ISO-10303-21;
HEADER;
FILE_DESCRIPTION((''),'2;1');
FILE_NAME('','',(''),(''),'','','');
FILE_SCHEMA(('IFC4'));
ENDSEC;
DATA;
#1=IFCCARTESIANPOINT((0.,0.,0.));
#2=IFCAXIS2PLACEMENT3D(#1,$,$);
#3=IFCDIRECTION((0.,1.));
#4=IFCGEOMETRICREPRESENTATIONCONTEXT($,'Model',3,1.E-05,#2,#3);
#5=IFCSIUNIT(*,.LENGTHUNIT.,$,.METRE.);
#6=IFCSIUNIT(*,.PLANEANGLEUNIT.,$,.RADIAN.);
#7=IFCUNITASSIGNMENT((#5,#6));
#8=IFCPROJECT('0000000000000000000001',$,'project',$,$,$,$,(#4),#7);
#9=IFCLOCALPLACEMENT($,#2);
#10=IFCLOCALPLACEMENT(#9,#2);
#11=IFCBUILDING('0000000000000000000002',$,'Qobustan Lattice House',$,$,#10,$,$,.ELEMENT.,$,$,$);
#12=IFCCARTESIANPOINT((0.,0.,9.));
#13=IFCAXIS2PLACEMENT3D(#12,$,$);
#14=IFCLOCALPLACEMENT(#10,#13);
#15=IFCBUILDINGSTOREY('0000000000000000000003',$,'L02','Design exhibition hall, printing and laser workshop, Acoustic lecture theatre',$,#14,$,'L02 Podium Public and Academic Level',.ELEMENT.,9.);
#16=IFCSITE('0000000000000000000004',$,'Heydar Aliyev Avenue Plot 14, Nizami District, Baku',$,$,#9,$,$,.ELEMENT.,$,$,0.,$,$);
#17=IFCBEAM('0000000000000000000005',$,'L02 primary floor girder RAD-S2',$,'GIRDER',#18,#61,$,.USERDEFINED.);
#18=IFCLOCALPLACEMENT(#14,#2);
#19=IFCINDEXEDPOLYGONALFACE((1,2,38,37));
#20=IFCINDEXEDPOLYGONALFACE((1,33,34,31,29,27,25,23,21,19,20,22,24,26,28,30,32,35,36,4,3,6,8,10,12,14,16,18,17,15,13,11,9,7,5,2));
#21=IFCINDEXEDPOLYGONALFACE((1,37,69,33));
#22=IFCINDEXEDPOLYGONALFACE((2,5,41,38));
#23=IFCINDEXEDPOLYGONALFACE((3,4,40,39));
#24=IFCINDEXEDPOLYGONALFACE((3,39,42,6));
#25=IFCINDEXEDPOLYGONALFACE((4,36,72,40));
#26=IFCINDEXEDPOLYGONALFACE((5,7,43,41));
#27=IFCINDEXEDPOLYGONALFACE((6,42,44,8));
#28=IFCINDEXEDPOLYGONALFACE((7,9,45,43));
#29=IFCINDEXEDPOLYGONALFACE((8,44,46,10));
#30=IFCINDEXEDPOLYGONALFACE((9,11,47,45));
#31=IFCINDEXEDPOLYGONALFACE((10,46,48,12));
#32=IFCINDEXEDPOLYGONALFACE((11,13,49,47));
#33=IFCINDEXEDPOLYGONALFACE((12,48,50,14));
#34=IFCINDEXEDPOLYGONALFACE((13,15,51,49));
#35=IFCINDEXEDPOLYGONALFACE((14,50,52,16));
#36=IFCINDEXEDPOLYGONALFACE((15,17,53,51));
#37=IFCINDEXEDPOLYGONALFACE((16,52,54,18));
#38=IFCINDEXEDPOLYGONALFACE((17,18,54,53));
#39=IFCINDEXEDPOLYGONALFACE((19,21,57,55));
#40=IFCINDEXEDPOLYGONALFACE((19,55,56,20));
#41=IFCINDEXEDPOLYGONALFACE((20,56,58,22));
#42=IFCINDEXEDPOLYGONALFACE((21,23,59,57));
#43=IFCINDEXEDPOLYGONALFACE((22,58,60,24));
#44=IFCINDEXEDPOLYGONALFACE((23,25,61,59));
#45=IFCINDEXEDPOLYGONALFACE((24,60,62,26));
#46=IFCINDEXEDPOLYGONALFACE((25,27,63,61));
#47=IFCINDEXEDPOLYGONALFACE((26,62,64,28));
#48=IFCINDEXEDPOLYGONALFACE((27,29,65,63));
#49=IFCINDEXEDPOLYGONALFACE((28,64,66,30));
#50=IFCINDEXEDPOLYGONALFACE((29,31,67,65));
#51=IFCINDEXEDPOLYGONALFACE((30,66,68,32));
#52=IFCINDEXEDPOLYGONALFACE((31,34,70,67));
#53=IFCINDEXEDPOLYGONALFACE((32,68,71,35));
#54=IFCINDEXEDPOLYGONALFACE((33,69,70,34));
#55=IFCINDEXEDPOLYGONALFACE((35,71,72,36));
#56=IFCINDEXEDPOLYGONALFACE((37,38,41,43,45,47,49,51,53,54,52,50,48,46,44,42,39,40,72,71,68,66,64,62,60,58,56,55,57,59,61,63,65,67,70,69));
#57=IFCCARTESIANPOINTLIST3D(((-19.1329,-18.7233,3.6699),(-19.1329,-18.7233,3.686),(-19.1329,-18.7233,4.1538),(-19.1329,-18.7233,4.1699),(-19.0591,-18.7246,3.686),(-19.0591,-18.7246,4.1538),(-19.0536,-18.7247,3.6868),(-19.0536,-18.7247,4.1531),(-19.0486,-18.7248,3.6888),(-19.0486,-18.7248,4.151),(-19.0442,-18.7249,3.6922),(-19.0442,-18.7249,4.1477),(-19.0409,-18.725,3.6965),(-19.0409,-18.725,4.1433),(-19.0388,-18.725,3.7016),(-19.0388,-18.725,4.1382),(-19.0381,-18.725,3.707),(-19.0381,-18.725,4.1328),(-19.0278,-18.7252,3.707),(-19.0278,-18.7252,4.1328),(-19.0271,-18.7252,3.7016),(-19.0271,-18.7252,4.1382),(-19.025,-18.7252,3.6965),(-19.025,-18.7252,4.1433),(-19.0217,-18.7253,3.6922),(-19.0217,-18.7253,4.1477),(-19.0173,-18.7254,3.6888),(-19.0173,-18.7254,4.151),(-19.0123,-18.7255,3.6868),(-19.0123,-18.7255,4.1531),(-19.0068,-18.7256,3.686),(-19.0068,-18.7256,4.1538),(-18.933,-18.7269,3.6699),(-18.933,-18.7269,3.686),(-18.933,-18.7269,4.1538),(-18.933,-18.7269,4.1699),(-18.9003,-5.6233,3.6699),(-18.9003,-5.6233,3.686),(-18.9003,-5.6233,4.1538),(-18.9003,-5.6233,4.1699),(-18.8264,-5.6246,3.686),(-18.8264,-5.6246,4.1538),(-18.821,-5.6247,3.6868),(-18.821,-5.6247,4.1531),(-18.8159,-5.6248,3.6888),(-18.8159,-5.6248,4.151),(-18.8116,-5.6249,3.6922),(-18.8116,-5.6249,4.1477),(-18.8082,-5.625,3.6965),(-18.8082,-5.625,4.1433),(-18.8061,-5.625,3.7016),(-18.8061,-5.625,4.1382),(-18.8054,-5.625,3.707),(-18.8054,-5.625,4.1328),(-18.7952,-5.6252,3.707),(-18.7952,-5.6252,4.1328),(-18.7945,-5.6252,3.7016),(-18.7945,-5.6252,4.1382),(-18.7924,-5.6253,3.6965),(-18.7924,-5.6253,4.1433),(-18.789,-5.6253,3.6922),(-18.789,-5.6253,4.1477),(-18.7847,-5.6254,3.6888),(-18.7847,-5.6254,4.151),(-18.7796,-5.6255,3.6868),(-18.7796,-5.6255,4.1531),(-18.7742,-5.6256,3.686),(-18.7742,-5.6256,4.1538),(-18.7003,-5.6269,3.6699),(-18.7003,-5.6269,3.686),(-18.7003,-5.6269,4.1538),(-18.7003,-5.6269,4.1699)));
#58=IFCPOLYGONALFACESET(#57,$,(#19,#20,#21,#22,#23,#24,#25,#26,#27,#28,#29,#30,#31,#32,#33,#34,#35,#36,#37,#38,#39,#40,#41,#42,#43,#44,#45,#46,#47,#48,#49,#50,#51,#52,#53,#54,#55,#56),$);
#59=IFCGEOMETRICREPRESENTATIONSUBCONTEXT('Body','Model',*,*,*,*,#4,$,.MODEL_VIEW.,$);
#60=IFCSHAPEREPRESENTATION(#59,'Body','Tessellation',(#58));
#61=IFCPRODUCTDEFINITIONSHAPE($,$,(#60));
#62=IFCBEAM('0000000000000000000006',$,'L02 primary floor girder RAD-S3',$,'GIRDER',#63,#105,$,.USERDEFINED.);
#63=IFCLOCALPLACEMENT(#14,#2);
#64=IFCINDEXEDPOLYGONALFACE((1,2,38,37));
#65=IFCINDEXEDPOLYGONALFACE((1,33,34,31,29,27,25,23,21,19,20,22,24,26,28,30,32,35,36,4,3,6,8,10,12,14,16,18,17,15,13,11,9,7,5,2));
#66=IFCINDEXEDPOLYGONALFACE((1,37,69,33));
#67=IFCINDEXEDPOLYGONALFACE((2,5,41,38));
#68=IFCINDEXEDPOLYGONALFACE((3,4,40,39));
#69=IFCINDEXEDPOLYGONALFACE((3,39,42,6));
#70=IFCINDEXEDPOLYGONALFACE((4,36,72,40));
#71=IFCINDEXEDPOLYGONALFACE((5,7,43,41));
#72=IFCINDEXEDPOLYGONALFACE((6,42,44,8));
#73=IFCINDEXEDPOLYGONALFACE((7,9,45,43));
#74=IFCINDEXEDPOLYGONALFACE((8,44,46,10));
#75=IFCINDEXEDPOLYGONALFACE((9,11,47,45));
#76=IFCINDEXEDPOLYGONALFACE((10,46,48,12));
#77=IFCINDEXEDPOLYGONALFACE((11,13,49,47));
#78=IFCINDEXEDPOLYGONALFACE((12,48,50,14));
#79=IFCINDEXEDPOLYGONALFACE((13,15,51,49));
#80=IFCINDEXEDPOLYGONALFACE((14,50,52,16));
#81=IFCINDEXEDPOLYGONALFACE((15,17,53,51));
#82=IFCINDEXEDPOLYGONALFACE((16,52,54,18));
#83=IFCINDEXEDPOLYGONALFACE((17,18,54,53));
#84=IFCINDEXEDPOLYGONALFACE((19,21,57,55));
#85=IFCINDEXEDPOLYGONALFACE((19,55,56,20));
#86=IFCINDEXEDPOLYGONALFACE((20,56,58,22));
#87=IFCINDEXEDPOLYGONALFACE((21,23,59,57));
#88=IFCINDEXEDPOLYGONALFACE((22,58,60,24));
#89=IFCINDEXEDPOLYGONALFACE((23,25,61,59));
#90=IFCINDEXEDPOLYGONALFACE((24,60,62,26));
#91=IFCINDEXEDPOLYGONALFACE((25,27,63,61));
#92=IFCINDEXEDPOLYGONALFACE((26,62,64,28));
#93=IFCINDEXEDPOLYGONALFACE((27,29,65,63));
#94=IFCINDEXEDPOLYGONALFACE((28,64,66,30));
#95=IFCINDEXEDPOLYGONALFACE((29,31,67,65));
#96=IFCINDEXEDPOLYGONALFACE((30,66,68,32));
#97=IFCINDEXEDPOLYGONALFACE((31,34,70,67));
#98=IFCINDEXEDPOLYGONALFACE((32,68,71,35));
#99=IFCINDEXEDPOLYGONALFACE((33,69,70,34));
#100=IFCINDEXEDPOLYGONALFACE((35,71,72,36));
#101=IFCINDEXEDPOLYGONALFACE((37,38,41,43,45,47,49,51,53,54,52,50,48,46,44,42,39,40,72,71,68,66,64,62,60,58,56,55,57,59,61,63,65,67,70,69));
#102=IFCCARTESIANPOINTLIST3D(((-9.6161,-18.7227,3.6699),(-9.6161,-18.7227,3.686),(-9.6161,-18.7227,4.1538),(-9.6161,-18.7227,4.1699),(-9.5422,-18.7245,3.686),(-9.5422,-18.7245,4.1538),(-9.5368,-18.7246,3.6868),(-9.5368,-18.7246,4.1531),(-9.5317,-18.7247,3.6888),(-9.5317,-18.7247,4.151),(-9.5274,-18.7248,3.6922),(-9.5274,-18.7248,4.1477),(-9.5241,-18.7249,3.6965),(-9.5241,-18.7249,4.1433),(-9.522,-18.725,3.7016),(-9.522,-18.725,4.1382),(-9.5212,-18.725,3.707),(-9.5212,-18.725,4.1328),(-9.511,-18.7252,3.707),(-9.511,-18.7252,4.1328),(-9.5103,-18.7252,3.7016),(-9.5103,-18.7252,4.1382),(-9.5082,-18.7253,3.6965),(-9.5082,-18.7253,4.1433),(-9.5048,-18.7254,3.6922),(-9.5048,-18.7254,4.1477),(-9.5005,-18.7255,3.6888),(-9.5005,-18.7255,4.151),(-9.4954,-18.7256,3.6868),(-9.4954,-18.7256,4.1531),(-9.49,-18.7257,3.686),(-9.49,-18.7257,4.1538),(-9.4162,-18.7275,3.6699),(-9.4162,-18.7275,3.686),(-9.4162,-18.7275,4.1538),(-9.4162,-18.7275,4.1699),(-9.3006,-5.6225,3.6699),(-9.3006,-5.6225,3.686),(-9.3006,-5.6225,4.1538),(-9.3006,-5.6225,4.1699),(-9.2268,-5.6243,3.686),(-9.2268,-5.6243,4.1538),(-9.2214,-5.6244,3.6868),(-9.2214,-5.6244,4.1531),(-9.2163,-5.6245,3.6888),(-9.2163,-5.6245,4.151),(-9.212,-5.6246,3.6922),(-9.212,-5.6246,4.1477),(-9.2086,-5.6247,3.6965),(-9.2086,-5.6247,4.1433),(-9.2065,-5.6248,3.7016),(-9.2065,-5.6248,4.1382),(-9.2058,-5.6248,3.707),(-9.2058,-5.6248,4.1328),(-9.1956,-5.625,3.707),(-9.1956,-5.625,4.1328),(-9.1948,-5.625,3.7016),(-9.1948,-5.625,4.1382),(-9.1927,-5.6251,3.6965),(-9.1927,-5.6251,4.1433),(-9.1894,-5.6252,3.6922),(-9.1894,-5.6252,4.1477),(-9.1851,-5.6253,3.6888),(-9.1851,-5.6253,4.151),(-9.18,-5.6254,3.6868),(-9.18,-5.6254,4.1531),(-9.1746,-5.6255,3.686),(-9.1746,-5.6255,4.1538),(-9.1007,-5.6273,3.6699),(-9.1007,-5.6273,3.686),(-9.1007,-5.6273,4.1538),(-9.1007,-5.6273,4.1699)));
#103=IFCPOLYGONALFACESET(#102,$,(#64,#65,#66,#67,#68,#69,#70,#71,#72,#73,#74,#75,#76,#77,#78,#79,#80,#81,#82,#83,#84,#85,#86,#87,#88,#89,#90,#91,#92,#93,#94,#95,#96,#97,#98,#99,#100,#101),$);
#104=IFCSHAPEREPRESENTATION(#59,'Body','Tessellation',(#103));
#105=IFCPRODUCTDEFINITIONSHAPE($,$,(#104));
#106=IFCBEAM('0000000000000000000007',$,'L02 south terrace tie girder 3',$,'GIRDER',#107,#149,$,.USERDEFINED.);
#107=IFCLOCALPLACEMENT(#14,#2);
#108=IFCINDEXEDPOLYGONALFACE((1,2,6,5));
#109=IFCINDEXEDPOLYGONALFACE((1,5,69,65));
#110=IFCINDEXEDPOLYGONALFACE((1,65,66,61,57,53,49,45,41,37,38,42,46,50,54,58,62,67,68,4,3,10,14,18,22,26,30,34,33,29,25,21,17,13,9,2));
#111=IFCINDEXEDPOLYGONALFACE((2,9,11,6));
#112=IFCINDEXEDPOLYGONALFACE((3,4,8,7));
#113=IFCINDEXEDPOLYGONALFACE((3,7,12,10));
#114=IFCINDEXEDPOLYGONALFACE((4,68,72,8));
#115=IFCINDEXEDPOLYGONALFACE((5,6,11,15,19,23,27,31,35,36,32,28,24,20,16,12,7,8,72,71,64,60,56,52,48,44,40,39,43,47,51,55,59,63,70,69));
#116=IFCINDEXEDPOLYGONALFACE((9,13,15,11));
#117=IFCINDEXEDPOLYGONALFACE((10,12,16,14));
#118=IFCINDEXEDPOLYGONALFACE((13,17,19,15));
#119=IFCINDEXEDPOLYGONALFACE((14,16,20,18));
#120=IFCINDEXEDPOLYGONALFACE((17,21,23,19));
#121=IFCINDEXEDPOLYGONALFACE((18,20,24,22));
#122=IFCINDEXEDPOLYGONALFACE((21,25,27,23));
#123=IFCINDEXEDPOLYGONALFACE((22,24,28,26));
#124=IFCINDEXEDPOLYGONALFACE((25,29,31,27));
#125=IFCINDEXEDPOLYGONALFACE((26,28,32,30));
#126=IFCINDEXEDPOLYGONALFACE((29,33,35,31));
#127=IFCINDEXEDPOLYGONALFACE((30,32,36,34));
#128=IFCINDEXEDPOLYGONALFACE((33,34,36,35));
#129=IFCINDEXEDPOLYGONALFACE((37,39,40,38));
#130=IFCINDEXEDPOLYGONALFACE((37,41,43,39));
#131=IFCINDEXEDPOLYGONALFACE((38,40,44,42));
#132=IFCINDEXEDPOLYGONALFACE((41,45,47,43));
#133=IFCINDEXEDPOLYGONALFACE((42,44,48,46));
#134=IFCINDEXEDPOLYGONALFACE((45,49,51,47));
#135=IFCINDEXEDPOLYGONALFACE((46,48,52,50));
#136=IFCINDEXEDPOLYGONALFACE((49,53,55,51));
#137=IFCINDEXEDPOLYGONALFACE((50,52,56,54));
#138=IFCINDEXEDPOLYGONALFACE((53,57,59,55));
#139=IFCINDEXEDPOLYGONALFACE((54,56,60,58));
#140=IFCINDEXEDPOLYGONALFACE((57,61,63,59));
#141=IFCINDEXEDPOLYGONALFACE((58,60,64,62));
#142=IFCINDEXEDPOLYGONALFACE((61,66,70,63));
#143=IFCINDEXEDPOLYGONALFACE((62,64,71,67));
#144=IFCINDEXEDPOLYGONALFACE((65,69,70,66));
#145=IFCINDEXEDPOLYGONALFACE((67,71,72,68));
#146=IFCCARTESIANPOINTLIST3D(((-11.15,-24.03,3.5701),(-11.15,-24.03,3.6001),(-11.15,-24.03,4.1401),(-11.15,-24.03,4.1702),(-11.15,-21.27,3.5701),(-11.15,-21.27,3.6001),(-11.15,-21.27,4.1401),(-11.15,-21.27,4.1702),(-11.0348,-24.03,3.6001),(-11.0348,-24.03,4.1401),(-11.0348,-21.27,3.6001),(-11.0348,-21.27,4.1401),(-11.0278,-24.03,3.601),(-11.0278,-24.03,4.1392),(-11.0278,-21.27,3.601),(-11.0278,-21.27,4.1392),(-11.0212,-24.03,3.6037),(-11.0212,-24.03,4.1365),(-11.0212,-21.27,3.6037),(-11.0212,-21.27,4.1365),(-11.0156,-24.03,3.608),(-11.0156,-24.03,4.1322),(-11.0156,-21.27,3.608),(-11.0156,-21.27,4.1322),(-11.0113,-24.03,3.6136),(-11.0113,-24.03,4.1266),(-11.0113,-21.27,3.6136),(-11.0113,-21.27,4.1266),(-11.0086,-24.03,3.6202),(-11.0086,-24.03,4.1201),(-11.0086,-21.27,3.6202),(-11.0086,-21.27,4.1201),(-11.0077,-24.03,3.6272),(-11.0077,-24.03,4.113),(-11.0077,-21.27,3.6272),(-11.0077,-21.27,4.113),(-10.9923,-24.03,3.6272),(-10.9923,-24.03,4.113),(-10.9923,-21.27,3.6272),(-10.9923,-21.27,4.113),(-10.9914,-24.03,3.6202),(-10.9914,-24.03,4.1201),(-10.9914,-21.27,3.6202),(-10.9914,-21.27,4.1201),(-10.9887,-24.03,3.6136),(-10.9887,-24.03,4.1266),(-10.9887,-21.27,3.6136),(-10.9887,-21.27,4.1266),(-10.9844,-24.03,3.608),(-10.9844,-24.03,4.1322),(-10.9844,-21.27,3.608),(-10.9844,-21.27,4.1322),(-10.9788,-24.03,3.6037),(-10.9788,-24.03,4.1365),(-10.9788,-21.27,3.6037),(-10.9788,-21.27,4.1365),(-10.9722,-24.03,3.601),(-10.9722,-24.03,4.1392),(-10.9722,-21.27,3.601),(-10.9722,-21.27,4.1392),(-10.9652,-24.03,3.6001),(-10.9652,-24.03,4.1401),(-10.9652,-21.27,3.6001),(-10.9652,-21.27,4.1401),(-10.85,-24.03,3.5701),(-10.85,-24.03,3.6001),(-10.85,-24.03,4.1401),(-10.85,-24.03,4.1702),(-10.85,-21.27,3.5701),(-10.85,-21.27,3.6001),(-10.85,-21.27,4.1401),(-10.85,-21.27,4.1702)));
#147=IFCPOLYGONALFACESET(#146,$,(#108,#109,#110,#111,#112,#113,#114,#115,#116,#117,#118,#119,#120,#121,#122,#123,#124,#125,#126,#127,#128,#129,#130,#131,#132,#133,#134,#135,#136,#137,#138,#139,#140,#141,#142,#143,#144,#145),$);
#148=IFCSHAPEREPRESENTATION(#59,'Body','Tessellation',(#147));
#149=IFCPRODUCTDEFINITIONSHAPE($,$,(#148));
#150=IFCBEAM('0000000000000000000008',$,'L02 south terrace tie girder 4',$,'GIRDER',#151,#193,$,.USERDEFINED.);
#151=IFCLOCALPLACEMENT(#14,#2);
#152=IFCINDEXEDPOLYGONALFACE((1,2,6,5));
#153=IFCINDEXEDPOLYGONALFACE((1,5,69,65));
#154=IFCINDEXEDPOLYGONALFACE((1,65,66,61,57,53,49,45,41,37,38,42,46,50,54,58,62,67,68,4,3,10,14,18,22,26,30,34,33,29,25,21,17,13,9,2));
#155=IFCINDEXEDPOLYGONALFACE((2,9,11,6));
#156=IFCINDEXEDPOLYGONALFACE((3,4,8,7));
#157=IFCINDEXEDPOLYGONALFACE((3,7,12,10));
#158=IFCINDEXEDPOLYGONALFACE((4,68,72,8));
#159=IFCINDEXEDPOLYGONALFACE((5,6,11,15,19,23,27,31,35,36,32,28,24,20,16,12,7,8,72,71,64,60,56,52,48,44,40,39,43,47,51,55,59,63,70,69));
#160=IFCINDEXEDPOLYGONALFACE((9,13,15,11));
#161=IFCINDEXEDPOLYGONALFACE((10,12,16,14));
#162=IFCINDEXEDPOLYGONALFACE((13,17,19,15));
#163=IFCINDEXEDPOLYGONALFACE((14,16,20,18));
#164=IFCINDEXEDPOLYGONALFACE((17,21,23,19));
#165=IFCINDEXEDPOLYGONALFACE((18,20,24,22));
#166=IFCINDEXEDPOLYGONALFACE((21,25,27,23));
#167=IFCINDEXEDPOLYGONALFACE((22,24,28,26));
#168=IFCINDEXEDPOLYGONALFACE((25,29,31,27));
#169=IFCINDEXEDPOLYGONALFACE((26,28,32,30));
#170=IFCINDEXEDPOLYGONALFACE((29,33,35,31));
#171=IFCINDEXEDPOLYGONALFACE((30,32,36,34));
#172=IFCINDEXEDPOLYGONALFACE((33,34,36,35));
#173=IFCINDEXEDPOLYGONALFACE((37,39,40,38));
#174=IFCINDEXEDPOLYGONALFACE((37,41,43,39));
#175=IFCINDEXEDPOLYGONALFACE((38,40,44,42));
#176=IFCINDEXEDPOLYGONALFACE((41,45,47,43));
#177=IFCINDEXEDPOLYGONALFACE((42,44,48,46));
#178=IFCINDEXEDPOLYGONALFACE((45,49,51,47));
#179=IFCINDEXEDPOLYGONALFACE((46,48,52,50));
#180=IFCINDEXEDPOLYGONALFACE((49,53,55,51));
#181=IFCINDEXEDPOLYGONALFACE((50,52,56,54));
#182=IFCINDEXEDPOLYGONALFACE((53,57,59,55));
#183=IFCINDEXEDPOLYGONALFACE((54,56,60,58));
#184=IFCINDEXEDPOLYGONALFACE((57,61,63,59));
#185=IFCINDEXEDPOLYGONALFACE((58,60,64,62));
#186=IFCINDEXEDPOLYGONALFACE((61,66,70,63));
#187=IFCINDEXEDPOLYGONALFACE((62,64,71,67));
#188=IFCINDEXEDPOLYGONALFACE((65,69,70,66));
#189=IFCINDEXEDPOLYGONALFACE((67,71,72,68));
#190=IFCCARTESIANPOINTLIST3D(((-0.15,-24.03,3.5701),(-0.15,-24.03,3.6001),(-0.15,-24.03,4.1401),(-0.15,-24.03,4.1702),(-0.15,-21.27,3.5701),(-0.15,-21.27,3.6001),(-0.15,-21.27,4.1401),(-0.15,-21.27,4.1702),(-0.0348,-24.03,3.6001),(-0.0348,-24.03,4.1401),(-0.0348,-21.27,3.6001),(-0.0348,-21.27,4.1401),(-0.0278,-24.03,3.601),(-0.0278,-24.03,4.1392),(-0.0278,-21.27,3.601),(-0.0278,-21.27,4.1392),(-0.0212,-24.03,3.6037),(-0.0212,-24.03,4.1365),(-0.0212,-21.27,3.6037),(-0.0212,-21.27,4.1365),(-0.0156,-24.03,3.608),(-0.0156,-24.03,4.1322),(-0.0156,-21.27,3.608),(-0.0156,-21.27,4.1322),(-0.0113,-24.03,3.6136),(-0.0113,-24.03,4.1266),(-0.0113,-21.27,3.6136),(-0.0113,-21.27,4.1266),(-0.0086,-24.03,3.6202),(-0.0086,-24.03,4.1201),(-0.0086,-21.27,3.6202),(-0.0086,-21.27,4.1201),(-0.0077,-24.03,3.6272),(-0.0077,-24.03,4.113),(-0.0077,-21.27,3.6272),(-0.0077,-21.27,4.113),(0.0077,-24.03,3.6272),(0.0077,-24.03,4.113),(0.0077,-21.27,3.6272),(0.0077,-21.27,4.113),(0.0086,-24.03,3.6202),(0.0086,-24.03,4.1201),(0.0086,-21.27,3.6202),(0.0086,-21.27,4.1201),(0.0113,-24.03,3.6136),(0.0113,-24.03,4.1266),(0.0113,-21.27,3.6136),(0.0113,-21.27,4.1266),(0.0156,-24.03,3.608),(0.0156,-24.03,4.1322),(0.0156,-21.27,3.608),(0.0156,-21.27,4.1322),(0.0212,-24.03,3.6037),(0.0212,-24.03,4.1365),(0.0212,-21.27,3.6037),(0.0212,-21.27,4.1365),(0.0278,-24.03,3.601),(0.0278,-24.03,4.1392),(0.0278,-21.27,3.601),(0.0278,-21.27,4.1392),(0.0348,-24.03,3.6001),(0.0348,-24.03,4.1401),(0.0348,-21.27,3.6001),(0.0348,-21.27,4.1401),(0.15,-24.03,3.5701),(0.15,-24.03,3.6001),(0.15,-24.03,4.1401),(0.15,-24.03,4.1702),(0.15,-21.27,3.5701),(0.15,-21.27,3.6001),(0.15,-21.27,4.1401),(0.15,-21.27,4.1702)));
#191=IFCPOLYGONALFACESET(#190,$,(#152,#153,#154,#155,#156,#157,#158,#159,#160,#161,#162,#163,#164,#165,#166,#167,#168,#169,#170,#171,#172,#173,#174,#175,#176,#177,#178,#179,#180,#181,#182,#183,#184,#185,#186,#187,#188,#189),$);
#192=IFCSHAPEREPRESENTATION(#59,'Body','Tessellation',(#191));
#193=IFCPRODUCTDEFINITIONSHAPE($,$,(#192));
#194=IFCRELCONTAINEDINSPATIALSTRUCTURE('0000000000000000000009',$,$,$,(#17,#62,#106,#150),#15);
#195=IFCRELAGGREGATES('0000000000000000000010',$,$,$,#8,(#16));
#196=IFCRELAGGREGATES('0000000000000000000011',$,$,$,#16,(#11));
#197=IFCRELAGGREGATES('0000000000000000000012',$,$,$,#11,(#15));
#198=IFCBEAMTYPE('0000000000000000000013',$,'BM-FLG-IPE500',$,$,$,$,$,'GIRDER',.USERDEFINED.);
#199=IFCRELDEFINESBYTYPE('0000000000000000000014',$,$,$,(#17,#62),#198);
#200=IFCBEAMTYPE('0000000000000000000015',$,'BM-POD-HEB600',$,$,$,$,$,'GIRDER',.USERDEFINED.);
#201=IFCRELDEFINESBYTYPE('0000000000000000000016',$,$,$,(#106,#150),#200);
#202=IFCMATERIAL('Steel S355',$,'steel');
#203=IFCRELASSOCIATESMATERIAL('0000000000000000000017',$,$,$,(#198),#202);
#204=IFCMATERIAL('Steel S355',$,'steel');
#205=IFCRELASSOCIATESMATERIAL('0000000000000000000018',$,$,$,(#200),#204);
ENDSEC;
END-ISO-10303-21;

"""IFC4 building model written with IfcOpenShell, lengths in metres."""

from ifc_helpers import new_model, si_unit, direction, frame, origin, origin_2d, place, context, subcontext, project, spatial, i_section, extrude, material, material_profile, profile_set, type_object, element, save


model = new_model("IFC4")

# Units and contexts
model_context = context("Model", 3, precision=1e-05, world=origin(), true_north=direction((0.0, 1.0)))
body_context = subcontext(model_context, "Body", "Model", "MODEL_VIEW")
ifc_project = project(units=[si_unit("LENGTHUNIT", "METRE"), si_unit("PLANEANGLEUNIT", "RADIAN")], contexts=[model_context])

# Site, building, storey
site_placement = place(None, origin())
site = spatial("IfcSite", under=ifc_project, at=site_placement, Name="Heydar Aliyev Avenue Plot 14, Nizami District, Baku", CompositionType="ELEMENT", RefElevation=0.0)
building_placement = place(site_placement, origin())
building = spatial("IfcBuilding", under=site, at=building_placement, Name="Qobustan Lattice House", CompositionType="ELEMENT")
storey_placement = place(building_placement, frame((0.0, 0.0, 9.0)))
storey = spatial("IfcBuildingStorey", under=building, at=storey_placement, Name="L02", Description="Design exhibition hall, printing and laser workshop, Acoustic lecture theatre", LongName="L02 Podium Public and Academic Level", CompositionType="ELEMENT", Elevation=9.0)

# Beams
ifc_material_1 = material(Name="Steel S355", Category="steel")
ifc_material_profile_1 = material_profile(ifc_material_1, i_section(OverallWidth=0.2, OverallDepth=0.5, WebThickness=0.0103, FlangeThickness=0.0161, FilletRadius=0.021, at=origin_2d()), Name="IPE500")
ifc_profile_set_1 = profile_set([ifc_material_profile_1], Name="Steel S355")
beam_type_1 = type_object("IfcBeamType", Name="BM-FLG-IPE500", ElementType="GIRDER", PredefinedType="USERDEFINED", material=ifc_profile_set_1)
beam_1_placement = place(storey_placement, frame((-19.033, -18.7251, 3.9199), z_axis=(0.017758, 0.999842, 0.0), x_axis=(-0.999842, 0.017758, 0.0)))
element("IfcBeam", 1, at=beam_1_placement, inside=storey, type_object=beam_type_1, Name="L02 primary floor girder RAD-S2", ObjectType="GIRDER", PredefinedType="USERDEFINED", context=body_context, shape_type="SweptSolid", body=[
    extrude(i_section(OverallWidth=0.2, OverallDepth=0.5, WebThickness=0.0103, FlangeThickness=0.0161, FilletRadius=0.021, at=origin_2d()), origin(), (0.0, 0.0, 1.0), 13.1021),
])
beam_2_placement = place(storey_placement, frame((-9.5161, -18.7251, 3.9199), z_axis=(0.024071, 0.99971, 0.0), x_axis=(-0.99971, 0.024071, 0.0)))
element("IfcBeam", 2, at=beam_2_placement, inside=storey, type_object=beam_type_1, Name="L02 primary floor girder RAD-S3", ObjectType="GIRDER", PredefinedType="USERDEFINED", context=body_context, shape_type="SweptSolid", body=[
    extrude(i_section(OverallWidth=0.2, OverallDepth=0.5, WebThickness=0.0103, FlangeThickness=0.0161, FilletRadius=0.021, at=origin_2d()), origin(), (0.0, 0.0, 1.0), 13.104),
])
ifc_material_2 = material(Name="Steel S355", Category="steel")
ifc_material_profile_2 = material_profile(ifc_material_2, i_section(OverallWidth=0.3, OverallDepth=0.6001, WebThickness=0.0154, FlangeThickness=0.03, FilletRadius=0.0271, at=origin_2d()), Name="HEB600")
ifc_profile_set_2 = profile_set([ifc_material_profile_2], Name="Steel S355")
beam_type_2 = type_object("IfcBeamType", Name="BM-POD-HEB600", ElementType="GIRDER", PredefinedType="USERDEFINED", material=ifc_profile_set_2)
for number, where, z_axis, x_axis, name in (
    (3, (-11.0, -24.03, 3.8701), (0.0, 1.0, 0.0), (-1.0, 0.0, 0.0), "L02 south terrace tie girder 3"),
    (4, (0.0, -24.03, 3.8701), (0.0, 1.0, 0.0), (-1.0, 0.0, 0.0), "L02 south terrace tie girder 4"),
):
    element("IfcBeam", number, at=place(storey_placement, frame(where, z_axis=z_axis, x_axis=x_axis)), inside=storey, type_object=beam_type_2, Name=name, ObjectType="GIRDER", PredefinedType="USERDEFINED", context=body_context, shape_type="SweptSolid", body=[
        extrude(i_section(OverallWidth=0.3, OverallDepth=0.6001, WebThickness=0.0154, FlangeThickness=0.03, FilletRadius=0.0271, at=origin_2d()), origin(), (0.0, 0.0, 1.0), 2.76),
    ])

save(model, "model.ifc")
